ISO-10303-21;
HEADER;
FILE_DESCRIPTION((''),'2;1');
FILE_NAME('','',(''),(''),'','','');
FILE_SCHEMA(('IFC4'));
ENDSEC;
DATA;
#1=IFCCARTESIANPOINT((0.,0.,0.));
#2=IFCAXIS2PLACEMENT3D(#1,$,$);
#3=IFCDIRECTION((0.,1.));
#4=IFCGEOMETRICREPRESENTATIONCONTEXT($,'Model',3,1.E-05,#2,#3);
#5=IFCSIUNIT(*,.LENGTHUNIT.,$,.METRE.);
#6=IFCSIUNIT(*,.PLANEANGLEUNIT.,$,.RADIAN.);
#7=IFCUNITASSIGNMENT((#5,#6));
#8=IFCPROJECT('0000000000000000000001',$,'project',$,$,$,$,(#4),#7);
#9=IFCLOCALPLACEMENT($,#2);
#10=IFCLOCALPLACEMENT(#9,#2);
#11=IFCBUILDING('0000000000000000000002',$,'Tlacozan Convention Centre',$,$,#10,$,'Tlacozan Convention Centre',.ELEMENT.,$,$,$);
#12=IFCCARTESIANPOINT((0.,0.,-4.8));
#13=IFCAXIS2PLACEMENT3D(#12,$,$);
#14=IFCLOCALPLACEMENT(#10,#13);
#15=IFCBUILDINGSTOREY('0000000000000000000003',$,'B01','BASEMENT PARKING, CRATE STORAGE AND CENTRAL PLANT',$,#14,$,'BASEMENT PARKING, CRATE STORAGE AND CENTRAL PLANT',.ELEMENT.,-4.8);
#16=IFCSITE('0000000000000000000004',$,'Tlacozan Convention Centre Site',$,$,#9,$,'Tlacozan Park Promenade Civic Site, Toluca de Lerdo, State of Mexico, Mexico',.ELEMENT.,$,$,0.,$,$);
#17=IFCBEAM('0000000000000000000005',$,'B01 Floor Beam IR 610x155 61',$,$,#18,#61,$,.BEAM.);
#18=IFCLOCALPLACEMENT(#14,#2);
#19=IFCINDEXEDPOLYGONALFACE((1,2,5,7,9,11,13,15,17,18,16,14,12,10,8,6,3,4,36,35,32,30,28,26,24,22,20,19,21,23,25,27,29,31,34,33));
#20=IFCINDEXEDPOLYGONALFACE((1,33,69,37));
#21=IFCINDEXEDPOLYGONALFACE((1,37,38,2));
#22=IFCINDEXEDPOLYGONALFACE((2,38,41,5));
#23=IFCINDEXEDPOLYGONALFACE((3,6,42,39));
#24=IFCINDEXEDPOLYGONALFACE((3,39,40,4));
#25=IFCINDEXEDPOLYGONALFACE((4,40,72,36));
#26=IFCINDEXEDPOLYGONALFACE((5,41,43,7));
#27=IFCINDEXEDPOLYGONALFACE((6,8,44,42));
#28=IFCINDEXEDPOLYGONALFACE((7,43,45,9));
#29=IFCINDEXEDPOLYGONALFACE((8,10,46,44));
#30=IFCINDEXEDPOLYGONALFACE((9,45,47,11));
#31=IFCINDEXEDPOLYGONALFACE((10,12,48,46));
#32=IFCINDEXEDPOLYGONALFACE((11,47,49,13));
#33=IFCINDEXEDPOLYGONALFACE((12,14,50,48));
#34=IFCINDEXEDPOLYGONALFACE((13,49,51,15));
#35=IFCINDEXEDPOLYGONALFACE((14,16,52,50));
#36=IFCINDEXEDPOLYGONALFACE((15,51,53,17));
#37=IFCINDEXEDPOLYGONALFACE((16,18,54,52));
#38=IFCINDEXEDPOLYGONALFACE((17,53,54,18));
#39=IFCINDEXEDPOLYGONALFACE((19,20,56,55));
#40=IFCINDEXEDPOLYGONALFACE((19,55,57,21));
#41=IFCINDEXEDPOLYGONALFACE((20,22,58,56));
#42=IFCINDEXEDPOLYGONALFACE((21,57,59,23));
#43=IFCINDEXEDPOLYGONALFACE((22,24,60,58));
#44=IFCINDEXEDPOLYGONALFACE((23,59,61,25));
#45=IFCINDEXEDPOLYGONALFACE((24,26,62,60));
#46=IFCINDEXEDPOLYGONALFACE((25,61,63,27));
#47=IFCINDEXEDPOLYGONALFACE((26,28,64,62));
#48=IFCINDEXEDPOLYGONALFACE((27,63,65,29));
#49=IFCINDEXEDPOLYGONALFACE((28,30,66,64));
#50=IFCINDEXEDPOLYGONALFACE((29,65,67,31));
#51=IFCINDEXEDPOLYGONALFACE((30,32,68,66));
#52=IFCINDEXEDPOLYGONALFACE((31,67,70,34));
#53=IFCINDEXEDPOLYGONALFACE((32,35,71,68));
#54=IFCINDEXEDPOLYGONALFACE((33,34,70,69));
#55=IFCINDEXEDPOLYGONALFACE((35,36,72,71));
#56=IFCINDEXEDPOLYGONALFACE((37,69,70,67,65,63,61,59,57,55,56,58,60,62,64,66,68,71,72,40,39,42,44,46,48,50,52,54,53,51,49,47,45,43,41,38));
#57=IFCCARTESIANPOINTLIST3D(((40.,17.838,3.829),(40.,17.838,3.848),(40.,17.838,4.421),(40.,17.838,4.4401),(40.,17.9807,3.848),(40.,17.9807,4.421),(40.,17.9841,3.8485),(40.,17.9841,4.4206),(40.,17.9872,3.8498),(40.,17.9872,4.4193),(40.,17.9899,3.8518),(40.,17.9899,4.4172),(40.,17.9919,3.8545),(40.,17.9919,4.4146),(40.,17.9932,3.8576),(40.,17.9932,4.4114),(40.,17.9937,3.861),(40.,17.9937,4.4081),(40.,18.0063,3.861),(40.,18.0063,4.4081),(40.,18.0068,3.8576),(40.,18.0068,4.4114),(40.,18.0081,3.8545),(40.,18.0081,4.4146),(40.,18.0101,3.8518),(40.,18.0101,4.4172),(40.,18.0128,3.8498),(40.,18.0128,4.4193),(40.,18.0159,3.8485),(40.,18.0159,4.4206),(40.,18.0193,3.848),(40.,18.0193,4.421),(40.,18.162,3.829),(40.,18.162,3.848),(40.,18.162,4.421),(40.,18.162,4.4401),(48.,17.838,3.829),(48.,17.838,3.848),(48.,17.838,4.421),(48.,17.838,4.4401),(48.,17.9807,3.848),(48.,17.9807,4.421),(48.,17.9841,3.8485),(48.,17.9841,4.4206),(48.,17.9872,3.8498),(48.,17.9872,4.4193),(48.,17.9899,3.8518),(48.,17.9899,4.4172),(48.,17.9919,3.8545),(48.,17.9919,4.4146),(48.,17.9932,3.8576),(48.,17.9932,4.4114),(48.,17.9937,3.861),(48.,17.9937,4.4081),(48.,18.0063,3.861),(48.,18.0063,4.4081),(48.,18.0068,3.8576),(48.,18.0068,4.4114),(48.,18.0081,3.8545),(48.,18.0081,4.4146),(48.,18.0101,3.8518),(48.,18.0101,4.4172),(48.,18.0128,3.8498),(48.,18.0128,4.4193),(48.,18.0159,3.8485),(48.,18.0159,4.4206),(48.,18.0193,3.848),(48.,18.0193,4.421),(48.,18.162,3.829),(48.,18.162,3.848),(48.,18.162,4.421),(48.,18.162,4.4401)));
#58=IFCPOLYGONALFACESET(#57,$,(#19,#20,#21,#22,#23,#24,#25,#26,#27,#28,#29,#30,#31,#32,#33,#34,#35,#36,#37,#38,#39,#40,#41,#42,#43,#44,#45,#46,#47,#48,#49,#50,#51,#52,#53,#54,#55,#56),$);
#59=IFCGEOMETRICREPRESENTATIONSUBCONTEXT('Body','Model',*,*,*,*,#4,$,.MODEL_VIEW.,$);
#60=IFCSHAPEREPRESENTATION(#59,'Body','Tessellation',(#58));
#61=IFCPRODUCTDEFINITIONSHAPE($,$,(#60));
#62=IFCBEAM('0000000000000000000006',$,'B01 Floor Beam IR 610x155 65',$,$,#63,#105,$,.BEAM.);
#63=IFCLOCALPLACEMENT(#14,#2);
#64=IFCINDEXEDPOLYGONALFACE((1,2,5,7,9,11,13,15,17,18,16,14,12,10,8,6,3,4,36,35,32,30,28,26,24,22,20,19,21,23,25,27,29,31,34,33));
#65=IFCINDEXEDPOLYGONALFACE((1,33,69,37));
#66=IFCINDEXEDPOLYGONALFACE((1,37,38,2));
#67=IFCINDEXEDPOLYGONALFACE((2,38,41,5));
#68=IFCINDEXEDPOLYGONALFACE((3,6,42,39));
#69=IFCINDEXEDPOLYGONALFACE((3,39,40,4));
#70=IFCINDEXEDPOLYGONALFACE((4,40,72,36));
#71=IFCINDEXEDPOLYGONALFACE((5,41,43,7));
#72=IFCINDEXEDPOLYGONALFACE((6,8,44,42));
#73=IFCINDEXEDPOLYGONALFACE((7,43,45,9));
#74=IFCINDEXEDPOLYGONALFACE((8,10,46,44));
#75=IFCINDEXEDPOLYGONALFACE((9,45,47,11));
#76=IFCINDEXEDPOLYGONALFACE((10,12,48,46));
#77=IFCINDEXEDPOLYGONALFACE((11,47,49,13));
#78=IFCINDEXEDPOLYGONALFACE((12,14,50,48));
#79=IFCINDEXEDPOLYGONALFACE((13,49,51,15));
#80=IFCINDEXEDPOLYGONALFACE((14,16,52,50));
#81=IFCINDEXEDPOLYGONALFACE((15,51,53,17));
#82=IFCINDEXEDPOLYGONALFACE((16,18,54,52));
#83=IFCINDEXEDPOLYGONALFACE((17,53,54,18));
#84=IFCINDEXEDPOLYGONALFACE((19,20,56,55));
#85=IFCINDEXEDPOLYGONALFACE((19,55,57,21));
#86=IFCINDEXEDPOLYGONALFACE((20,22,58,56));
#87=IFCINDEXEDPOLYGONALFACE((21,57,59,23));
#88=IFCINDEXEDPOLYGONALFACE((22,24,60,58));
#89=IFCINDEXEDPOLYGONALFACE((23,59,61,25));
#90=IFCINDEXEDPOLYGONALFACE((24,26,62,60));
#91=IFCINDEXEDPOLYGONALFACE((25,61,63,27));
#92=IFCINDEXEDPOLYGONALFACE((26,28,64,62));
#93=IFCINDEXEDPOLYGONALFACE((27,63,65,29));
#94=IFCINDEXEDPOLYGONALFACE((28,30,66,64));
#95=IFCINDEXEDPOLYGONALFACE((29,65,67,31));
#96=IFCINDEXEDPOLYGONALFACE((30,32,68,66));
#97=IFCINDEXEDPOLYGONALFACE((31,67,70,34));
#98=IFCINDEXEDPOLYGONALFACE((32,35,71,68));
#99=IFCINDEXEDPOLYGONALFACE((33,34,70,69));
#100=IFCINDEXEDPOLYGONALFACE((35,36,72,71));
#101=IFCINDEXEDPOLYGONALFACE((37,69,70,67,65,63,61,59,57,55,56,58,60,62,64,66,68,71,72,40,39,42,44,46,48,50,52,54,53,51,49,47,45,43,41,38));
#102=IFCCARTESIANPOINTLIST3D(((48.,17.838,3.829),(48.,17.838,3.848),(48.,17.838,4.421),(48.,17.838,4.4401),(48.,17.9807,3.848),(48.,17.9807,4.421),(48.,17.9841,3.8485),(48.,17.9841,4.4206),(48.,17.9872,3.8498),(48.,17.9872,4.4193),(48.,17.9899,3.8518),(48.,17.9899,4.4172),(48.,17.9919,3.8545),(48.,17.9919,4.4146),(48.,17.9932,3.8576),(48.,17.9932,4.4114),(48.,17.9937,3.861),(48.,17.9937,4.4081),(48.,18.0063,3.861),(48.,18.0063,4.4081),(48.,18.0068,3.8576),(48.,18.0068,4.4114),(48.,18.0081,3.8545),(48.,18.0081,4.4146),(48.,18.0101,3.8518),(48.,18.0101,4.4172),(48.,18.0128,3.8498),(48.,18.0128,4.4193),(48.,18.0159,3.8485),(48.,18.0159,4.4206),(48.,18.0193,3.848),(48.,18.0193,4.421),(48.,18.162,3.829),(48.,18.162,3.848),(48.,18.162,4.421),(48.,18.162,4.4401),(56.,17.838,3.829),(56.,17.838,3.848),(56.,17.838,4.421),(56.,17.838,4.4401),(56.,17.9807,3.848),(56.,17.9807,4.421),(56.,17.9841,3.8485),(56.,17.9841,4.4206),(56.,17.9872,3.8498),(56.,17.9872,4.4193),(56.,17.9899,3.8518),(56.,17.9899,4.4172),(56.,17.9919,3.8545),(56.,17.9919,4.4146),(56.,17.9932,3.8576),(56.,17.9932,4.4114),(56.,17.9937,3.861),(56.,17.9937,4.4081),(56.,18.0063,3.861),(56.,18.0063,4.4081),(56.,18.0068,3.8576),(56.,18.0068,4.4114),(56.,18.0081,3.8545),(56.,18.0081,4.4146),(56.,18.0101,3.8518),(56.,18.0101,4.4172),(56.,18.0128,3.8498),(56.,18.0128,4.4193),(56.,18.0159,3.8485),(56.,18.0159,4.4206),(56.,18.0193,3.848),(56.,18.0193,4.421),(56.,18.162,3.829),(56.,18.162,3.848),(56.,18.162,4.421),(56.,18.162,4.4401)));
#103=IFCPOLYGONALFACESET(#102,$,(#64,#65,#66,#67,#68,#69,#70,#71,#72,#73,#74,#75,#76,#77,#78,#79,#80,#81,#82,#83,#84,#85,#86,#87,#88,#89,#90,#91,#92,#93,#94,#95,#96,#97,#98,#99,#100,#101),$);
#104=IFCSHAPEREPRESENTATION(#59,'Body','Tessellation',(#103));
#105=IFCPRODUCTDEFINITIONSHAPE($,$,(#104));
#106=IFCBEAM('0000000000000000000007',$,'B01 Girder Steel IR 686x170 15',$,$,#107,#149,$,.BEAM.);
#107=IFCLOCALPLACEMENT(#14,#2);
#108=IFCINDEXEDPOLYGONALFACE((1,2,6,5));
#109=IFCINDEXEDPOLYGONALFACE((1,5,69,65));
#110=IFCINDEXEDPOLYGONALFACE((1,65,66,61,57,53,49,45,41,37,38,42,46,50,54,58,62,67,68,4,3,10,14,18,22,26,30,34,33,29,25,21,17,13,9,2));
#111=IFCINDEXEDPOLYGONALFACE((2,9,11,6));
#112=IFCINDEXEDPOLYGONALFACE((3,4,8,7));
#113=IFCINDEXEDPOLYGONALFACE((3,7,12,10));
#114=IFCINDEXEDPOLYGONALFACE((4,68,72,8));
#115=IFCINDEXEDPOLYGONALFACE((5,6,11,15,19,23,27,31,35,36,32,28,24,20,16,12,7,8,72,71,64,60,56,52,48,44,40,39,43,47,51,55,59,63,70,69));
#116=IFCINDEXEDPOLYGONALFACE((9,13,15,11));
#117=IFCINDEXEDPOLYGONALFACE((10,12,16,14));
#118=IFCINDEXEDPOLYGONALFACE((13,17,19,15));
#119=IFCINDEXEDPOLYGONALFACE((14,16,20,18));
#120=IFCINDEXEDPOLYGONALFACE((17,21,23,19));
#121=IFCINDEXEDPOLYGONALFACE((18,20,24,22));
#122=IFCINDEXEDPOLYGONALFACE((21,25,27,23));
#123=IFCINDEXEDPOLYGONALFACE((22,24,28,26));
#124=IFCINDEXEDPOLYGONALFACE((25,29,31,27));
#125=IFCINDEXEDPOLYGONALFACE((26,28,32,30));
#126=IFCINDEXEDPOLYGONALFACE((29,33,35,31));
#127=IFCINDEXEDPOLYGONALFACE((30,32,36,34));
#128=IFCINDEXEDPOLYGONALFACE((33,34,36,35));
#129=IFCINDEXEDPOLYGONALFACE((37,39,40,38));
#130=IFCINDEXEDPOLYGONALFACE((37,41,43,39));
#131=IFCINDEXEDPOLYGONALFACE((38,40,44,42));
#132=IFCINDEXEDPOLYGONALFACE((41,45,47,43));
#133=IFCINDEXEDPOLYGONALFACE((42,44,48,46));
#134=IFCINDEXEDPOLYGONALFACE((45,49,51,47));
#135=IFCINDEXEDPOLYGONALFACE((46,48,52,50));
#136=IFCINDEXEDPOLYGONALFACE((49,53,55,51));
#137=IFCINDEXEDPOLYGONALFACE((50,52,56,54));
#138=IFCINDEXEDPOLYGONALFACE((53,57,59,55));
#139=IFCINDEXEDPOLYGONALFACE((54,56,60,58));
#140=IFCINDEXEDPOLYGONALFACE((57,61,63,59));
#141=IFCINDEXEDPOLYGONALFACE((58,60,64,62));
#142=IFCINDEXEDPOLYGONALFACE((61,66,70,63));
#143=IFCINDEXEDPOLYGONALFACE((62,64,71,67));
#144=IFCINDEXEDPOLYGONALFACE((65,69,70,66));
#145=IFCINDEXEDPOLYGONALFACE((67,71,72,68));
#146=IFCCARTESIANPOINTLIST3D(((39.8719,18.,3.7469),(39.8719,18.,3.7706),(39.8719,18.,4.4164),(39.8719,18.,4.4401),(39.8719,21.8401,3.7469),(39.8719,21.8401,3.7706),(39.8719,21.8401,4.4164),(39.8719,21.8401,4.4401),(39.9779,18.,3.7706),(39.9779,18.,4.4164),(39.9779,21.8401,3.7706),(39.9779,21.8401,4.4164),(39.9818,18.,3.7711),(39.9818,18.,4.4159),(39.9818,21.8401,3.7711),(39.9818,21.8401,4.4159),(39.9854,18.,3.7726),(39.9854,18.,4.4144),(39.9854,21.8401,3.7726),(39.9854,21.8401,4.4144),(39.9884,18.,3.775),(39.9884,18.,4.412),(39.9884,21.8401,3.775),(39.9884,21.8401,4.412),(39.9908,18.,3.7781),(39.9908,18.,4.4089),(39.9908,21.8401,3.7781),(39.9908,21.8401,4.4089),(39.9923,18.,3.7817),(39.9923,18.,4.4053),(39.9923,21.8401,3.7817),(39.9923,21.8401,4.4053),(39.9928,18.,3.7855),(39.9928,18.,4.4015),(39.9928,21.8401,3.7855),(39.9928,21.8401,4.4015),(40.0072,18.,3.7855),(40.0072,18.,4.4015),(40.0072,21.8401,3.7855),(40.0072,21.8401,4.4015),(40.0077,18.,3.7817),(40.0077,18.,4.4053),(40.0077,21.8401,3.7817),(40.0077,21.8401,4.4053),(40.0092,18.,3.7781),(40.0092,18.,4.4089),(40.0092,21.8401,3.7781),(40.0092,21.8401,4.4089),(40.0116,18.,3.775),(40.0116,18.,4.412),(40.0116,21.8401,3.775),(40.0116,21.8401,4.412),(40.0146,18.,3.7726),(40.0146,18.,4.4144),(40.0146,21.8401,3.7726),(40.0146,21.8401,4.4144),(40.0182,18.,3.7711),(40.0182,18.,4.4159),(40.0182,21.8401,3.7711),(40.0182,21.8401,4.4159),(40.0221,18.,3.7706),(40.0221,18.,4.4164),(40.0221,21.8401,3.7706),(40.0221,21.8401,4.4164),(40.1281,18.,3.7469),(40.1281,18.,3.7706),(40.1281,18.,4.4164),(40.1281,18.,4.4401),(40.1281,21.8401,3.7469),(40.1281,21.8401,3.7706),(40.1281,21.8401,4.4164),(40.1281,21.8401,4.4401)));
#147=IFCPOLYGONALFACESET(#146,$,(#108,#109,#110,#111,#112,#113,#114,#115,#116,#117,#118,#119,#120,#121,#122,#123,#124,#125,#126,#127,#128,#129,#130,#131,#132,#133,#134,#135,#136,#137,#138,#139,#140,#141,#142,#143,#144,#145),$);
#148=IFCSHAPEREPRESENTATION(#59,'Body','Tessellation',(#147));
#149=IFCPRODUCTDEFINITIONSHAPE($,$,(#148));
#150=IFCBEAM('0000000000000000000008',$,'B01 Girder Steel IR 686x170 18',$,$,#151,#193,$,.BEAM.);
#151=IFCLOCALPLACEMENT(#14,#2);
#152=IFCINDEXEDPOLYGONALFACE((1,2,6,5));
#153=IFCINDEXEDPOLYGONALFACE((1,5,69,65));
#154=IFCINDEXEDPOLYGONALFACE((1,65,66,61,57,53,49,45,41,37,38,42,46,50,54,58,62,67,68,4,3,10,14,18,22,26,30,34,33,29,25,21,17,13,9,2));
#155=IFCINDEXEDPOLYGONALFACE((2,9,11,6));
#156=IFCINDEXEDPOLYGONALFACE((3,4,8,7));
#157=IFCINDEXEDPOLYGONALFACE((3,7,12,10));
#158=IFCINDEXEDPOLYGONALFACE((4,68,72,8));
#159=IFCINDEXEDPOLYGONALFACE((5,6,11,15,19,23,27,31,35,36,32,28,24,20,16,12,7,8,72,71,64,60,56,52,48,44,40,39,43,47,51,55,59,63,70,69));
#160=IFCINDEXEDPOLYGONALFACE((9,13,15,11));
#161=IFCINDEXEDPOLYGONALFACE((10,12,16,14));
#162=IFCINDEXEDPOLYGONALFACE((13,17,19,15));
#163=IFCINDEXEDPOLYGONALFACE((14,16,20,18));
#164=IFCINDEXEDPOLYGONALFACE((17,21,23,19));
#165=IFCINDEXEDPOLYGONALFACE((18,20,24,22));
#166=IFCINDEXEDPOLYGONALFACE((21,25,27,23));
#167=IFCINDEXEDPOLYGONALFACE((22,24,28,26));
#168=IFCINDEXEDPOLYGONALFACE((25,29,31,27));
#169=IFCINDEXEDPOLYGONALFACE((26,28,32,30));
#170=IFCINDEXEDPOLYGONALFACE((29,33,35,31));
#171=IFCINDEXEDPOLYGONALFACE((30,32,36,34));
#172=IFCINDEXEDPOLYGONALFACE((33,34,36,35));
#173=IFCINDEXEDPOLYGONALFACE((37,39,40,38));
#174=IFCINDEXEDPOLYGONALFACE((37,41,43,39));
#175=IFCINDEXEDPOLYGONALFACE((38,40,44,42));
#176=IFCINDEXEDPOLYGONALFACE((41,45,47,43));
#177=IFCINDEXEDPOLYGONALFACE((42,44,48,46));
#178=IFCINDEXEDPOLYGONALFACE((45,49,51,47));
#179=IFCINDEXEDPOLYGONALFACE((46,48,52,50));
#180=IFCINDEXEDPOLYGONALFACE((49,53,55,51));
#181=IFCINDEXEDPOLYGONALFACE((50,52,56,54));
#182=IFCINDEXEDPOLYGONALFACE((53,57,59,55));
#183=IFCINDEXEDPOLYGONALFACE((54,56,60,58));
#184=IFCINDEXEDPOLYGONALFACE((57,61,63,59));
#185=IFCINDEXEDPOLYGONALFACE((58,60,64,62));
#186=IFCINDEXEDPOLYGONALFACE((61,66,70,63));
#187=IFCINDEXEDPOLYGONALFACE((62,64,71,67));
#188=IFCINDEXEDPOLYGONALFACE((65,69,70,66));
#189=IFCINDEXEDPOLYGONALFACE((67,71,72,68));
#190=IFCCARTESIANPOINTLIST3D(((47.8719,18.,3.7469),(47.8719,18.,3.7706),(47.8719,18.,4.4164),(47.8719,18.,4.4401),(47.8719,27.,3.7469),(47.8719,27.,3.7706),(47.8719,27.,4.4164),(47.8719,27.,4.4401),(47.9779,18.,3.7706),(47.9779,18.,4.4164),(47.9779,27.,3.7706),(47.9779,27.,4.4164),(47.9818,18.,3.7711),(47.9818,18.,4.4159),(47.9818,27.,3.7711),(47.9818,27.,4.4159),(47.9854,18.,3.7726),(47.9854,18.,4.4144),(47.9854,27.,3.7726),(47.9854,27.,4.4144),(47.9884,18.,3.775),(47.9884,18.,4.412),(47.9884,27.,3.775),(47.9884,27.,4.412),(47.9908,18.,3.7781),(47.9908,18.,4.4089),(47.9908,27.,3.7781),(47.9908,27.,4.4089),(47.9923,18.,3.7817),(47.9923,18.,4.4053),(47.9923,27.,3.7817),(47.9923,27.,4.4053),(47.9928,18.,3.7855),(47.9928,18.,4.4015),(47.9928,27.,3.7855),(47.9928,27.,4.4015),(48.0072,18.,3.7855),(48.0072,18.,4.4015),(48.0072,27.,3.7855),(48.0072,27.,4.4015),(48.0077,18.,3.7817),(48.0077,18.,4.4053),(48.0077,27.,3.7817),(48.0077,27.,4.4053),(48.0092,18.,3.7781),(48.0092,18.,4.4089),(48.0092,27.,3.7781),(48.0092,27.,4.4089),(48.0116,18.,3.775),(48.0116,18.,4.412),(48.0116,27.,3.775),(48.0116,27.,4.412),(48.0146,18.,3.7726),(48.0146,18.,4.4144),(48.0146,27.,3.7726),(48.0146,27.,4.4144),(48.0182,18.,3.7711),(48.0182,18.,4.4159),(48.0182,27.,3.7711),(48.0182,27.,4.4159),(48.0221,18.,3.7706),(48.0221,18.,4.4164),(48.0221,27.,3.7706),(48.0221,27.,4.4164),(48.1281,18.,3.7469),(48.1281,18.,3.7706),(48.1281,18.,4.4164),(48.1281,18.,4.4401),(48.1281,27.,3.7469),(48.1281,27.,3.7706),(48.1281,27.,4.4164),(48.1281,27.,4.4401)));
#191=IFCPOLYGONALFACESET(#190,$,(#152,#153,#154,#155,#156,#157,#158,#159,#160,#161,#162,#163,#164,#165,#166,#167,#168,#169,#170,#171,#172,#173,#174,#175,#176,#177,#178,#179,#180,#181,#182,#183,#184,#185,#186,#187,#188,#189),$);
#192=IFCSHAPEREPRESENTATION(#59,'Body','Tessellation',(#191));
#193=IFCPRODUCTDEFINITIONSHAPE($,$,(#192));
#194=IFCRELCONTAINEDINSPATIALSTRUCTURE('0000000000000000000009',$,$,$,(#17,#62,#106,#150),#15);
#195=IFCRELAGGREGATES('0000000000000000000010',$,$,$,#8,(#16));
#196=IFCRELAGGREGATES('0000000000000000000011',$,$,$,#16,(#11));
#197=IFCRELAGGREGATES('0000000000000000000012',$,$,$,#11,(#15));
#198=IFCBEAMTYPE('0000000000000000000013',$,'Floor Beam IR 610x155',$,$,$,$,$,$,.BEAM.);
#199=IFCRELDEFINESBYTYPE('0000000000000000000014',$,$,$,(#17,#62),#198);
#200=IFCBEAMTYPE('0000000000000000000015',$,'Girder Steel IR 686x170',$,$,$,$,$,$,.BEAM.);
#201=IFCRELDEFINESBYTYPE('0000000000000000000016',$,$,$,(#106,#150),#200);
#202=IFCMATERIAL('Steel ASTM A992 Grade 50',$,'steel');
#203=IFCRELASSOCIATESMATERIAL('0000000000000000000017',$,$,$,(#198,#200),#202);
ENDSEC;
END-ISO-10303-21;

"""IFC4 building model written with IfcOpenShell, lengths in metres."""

from ifc_helpers import new_model, si_unit, direction, frame, origin, origin_2d, place, context, subcontext, project, spatial, i_section, extrude, material, material_profile, profile_set, type_object, element, save


model = new_model("IFC4")

# Units and contexts
model_context = context("Model", 3, precision=1e-05, world=origin(), true_north=direction((0.0, 1.0)))
body_context = subcontext(model_context, "Body", "Model", "MODEL_VIEW")
ifc_project = project(units=[si_unit("LENGTHUNIT", "METRE"), si_unit("PLANEANGLEUNIT", "RADIAN")], contexts=[model_context])

# Site, building, storey
site_placement = place(None, origin())
site = spatial("IfcSite", under=ifc_project, at=site_placement, Name="Tlacozan Convention Centre Site", LongName="Tlacozan Park Promenade Civic Site, Toluca de Lerdo, State of Mexico, Mexico", CompositionType="ELEMENT", RefElevation=0.0)
building_placement = place(site_placement, origin())
building = spatial("IfcBuilding", under=site, at=building_placement, Name="Tlacozan Convention Centre", LongName="Tlacozan Convention Centre", CompositionType="ELEMENT")
storey_placement = place(building_placement, frame((0.0, 0.0, -4.8)))
storey = spatial("IfcBuildingStorey", under=building, at=storey_placement, Name="B01", Description="BASEMENT PARKING, CRATE STORAGE AND CENTRAL PLANT", LongName="BASEMENT PARKING, CRATE STORAGE AND CENTRAL PLANT", CompositionType="ELEMENT", Elevation=-4.8)

# Beams
ifc_material_1 = material(Name="Steel ASTM A992 Grade 50", Category="steel")
ifc_material_profile_1 = material_profile(ifc_material_1, i_section(OverallWidth=0.324, OverallDepth=0.6111, WebThickness=0.0127, FlangeThickness=0.019, FilletRadius=0.0129, at=origin_2d()), Name="IR 610x155.0")
ifc_profile_set_1 = profile_set([ifc_material_profile_1], Name="Steel ASTM A992 Grade 50")
beam_type_1 = type_object("IfcBeamType", Name="Floor Beam IR 610x155", PredefinedType="BEAM", material=ifc_profile_set_1)
for number, where, z_axis, x_axis, name in (
    (1, (40.0, 18.0, 4.1345), (1.0, 0.0, 0.0), (0.0, 1.0, 0.0), "B01 Floor Beam IR 610x155 61"),
    (2, (48.0, 18.0, 4.1345), (1.0, 0.0, 0.0), (0.0, 1.0, 0.0), "B01 Floor Beam IR 610x155 65"),
):
    element("IfcBeam", number, at=place(storey_placement, frame(where, z_axis=z_axis, x_axis=x_axis)), inside=storey, type_object=beam_type_1, Name=name, PredefinedType="BEAM", context=body_context, shape_type="SweptSolid", body=[
        extrude(i_section(OverallWidth=0.324, OverallDepth=0.6111, WebThickness=0.0127, FlangeThickness=0.019, FilletRadius=0.0129, at=origin_2d()), origin(), (0.0, 0.0, 1.0), 8.0),
    ])
ifc_material_profile_2 = material_profile(ifc_material_1, i_section(OverallWidth=0.2561, OverallDepth=0.6931, WebThickness=0.0144, FlangeThickness=0.0237, FilletRadius=0.0149, at=origin_2d()), Name="IR 686x170.0")
ifc_profile_set_2 = profile_set([ifc_material_profile_2], Name="Steel ASTM A992 Grade 50")
beam_type_2 = type_object("IfcBeamType", Name="Girder Steel IR 686x170", PredefinedType="BEAM", material=ifc_profile_set_2)
beam_1_placement = place(storey_placement, frame((40.0, 18.0, 4.0935), z_axis=(0.0, 1.0, 0.0), x_axis=(-1.0, 0.0, 0.0)))
element("IfcBeam", 3, at=beam_1_placement, inside=storey, type_object=beam_type_2, Name="B01 Girder Steel IR 686x170 15", PredefinedType="BEAM", context=body_context, shape_type="SweptSolid", body=[
    extrude(i_section(OverallWidth=0.2561, OverallDepth=0.6931, WebThickness=0.0144, FlangeThickness=0.0237, FilletRadius=0.0149, at=origin_2d()), origin(), (0.0, 0.0, 1.0), 3.8401),
])
beam_2_placement = place(storey_placement, frame((48.0, 18.0, 4.0935), z_axis=(0.0, 1.0, 0.0), x_axis=(-1.0, 0.0, 0.0)))
element("IfcBeam", 4, at=beam_2_placement, inside=storey, type_object=beam_type_2, Name="B01 Girder Steel IR 686x170 18", PredefinedType="BEAM", context=body_context, shape_type="SweptSolid", body=[
    extrude(i_section(OverallWidth=0.2561, OverallDepth=0.6931, WebThickness=0.0144, FlangeThickness=0.0237, FilletRadius=0.0149, at=origin_2d()), origin(), (0.0, 0.0, 1.0), 9.0),
])

save(model, "model.ifc")
